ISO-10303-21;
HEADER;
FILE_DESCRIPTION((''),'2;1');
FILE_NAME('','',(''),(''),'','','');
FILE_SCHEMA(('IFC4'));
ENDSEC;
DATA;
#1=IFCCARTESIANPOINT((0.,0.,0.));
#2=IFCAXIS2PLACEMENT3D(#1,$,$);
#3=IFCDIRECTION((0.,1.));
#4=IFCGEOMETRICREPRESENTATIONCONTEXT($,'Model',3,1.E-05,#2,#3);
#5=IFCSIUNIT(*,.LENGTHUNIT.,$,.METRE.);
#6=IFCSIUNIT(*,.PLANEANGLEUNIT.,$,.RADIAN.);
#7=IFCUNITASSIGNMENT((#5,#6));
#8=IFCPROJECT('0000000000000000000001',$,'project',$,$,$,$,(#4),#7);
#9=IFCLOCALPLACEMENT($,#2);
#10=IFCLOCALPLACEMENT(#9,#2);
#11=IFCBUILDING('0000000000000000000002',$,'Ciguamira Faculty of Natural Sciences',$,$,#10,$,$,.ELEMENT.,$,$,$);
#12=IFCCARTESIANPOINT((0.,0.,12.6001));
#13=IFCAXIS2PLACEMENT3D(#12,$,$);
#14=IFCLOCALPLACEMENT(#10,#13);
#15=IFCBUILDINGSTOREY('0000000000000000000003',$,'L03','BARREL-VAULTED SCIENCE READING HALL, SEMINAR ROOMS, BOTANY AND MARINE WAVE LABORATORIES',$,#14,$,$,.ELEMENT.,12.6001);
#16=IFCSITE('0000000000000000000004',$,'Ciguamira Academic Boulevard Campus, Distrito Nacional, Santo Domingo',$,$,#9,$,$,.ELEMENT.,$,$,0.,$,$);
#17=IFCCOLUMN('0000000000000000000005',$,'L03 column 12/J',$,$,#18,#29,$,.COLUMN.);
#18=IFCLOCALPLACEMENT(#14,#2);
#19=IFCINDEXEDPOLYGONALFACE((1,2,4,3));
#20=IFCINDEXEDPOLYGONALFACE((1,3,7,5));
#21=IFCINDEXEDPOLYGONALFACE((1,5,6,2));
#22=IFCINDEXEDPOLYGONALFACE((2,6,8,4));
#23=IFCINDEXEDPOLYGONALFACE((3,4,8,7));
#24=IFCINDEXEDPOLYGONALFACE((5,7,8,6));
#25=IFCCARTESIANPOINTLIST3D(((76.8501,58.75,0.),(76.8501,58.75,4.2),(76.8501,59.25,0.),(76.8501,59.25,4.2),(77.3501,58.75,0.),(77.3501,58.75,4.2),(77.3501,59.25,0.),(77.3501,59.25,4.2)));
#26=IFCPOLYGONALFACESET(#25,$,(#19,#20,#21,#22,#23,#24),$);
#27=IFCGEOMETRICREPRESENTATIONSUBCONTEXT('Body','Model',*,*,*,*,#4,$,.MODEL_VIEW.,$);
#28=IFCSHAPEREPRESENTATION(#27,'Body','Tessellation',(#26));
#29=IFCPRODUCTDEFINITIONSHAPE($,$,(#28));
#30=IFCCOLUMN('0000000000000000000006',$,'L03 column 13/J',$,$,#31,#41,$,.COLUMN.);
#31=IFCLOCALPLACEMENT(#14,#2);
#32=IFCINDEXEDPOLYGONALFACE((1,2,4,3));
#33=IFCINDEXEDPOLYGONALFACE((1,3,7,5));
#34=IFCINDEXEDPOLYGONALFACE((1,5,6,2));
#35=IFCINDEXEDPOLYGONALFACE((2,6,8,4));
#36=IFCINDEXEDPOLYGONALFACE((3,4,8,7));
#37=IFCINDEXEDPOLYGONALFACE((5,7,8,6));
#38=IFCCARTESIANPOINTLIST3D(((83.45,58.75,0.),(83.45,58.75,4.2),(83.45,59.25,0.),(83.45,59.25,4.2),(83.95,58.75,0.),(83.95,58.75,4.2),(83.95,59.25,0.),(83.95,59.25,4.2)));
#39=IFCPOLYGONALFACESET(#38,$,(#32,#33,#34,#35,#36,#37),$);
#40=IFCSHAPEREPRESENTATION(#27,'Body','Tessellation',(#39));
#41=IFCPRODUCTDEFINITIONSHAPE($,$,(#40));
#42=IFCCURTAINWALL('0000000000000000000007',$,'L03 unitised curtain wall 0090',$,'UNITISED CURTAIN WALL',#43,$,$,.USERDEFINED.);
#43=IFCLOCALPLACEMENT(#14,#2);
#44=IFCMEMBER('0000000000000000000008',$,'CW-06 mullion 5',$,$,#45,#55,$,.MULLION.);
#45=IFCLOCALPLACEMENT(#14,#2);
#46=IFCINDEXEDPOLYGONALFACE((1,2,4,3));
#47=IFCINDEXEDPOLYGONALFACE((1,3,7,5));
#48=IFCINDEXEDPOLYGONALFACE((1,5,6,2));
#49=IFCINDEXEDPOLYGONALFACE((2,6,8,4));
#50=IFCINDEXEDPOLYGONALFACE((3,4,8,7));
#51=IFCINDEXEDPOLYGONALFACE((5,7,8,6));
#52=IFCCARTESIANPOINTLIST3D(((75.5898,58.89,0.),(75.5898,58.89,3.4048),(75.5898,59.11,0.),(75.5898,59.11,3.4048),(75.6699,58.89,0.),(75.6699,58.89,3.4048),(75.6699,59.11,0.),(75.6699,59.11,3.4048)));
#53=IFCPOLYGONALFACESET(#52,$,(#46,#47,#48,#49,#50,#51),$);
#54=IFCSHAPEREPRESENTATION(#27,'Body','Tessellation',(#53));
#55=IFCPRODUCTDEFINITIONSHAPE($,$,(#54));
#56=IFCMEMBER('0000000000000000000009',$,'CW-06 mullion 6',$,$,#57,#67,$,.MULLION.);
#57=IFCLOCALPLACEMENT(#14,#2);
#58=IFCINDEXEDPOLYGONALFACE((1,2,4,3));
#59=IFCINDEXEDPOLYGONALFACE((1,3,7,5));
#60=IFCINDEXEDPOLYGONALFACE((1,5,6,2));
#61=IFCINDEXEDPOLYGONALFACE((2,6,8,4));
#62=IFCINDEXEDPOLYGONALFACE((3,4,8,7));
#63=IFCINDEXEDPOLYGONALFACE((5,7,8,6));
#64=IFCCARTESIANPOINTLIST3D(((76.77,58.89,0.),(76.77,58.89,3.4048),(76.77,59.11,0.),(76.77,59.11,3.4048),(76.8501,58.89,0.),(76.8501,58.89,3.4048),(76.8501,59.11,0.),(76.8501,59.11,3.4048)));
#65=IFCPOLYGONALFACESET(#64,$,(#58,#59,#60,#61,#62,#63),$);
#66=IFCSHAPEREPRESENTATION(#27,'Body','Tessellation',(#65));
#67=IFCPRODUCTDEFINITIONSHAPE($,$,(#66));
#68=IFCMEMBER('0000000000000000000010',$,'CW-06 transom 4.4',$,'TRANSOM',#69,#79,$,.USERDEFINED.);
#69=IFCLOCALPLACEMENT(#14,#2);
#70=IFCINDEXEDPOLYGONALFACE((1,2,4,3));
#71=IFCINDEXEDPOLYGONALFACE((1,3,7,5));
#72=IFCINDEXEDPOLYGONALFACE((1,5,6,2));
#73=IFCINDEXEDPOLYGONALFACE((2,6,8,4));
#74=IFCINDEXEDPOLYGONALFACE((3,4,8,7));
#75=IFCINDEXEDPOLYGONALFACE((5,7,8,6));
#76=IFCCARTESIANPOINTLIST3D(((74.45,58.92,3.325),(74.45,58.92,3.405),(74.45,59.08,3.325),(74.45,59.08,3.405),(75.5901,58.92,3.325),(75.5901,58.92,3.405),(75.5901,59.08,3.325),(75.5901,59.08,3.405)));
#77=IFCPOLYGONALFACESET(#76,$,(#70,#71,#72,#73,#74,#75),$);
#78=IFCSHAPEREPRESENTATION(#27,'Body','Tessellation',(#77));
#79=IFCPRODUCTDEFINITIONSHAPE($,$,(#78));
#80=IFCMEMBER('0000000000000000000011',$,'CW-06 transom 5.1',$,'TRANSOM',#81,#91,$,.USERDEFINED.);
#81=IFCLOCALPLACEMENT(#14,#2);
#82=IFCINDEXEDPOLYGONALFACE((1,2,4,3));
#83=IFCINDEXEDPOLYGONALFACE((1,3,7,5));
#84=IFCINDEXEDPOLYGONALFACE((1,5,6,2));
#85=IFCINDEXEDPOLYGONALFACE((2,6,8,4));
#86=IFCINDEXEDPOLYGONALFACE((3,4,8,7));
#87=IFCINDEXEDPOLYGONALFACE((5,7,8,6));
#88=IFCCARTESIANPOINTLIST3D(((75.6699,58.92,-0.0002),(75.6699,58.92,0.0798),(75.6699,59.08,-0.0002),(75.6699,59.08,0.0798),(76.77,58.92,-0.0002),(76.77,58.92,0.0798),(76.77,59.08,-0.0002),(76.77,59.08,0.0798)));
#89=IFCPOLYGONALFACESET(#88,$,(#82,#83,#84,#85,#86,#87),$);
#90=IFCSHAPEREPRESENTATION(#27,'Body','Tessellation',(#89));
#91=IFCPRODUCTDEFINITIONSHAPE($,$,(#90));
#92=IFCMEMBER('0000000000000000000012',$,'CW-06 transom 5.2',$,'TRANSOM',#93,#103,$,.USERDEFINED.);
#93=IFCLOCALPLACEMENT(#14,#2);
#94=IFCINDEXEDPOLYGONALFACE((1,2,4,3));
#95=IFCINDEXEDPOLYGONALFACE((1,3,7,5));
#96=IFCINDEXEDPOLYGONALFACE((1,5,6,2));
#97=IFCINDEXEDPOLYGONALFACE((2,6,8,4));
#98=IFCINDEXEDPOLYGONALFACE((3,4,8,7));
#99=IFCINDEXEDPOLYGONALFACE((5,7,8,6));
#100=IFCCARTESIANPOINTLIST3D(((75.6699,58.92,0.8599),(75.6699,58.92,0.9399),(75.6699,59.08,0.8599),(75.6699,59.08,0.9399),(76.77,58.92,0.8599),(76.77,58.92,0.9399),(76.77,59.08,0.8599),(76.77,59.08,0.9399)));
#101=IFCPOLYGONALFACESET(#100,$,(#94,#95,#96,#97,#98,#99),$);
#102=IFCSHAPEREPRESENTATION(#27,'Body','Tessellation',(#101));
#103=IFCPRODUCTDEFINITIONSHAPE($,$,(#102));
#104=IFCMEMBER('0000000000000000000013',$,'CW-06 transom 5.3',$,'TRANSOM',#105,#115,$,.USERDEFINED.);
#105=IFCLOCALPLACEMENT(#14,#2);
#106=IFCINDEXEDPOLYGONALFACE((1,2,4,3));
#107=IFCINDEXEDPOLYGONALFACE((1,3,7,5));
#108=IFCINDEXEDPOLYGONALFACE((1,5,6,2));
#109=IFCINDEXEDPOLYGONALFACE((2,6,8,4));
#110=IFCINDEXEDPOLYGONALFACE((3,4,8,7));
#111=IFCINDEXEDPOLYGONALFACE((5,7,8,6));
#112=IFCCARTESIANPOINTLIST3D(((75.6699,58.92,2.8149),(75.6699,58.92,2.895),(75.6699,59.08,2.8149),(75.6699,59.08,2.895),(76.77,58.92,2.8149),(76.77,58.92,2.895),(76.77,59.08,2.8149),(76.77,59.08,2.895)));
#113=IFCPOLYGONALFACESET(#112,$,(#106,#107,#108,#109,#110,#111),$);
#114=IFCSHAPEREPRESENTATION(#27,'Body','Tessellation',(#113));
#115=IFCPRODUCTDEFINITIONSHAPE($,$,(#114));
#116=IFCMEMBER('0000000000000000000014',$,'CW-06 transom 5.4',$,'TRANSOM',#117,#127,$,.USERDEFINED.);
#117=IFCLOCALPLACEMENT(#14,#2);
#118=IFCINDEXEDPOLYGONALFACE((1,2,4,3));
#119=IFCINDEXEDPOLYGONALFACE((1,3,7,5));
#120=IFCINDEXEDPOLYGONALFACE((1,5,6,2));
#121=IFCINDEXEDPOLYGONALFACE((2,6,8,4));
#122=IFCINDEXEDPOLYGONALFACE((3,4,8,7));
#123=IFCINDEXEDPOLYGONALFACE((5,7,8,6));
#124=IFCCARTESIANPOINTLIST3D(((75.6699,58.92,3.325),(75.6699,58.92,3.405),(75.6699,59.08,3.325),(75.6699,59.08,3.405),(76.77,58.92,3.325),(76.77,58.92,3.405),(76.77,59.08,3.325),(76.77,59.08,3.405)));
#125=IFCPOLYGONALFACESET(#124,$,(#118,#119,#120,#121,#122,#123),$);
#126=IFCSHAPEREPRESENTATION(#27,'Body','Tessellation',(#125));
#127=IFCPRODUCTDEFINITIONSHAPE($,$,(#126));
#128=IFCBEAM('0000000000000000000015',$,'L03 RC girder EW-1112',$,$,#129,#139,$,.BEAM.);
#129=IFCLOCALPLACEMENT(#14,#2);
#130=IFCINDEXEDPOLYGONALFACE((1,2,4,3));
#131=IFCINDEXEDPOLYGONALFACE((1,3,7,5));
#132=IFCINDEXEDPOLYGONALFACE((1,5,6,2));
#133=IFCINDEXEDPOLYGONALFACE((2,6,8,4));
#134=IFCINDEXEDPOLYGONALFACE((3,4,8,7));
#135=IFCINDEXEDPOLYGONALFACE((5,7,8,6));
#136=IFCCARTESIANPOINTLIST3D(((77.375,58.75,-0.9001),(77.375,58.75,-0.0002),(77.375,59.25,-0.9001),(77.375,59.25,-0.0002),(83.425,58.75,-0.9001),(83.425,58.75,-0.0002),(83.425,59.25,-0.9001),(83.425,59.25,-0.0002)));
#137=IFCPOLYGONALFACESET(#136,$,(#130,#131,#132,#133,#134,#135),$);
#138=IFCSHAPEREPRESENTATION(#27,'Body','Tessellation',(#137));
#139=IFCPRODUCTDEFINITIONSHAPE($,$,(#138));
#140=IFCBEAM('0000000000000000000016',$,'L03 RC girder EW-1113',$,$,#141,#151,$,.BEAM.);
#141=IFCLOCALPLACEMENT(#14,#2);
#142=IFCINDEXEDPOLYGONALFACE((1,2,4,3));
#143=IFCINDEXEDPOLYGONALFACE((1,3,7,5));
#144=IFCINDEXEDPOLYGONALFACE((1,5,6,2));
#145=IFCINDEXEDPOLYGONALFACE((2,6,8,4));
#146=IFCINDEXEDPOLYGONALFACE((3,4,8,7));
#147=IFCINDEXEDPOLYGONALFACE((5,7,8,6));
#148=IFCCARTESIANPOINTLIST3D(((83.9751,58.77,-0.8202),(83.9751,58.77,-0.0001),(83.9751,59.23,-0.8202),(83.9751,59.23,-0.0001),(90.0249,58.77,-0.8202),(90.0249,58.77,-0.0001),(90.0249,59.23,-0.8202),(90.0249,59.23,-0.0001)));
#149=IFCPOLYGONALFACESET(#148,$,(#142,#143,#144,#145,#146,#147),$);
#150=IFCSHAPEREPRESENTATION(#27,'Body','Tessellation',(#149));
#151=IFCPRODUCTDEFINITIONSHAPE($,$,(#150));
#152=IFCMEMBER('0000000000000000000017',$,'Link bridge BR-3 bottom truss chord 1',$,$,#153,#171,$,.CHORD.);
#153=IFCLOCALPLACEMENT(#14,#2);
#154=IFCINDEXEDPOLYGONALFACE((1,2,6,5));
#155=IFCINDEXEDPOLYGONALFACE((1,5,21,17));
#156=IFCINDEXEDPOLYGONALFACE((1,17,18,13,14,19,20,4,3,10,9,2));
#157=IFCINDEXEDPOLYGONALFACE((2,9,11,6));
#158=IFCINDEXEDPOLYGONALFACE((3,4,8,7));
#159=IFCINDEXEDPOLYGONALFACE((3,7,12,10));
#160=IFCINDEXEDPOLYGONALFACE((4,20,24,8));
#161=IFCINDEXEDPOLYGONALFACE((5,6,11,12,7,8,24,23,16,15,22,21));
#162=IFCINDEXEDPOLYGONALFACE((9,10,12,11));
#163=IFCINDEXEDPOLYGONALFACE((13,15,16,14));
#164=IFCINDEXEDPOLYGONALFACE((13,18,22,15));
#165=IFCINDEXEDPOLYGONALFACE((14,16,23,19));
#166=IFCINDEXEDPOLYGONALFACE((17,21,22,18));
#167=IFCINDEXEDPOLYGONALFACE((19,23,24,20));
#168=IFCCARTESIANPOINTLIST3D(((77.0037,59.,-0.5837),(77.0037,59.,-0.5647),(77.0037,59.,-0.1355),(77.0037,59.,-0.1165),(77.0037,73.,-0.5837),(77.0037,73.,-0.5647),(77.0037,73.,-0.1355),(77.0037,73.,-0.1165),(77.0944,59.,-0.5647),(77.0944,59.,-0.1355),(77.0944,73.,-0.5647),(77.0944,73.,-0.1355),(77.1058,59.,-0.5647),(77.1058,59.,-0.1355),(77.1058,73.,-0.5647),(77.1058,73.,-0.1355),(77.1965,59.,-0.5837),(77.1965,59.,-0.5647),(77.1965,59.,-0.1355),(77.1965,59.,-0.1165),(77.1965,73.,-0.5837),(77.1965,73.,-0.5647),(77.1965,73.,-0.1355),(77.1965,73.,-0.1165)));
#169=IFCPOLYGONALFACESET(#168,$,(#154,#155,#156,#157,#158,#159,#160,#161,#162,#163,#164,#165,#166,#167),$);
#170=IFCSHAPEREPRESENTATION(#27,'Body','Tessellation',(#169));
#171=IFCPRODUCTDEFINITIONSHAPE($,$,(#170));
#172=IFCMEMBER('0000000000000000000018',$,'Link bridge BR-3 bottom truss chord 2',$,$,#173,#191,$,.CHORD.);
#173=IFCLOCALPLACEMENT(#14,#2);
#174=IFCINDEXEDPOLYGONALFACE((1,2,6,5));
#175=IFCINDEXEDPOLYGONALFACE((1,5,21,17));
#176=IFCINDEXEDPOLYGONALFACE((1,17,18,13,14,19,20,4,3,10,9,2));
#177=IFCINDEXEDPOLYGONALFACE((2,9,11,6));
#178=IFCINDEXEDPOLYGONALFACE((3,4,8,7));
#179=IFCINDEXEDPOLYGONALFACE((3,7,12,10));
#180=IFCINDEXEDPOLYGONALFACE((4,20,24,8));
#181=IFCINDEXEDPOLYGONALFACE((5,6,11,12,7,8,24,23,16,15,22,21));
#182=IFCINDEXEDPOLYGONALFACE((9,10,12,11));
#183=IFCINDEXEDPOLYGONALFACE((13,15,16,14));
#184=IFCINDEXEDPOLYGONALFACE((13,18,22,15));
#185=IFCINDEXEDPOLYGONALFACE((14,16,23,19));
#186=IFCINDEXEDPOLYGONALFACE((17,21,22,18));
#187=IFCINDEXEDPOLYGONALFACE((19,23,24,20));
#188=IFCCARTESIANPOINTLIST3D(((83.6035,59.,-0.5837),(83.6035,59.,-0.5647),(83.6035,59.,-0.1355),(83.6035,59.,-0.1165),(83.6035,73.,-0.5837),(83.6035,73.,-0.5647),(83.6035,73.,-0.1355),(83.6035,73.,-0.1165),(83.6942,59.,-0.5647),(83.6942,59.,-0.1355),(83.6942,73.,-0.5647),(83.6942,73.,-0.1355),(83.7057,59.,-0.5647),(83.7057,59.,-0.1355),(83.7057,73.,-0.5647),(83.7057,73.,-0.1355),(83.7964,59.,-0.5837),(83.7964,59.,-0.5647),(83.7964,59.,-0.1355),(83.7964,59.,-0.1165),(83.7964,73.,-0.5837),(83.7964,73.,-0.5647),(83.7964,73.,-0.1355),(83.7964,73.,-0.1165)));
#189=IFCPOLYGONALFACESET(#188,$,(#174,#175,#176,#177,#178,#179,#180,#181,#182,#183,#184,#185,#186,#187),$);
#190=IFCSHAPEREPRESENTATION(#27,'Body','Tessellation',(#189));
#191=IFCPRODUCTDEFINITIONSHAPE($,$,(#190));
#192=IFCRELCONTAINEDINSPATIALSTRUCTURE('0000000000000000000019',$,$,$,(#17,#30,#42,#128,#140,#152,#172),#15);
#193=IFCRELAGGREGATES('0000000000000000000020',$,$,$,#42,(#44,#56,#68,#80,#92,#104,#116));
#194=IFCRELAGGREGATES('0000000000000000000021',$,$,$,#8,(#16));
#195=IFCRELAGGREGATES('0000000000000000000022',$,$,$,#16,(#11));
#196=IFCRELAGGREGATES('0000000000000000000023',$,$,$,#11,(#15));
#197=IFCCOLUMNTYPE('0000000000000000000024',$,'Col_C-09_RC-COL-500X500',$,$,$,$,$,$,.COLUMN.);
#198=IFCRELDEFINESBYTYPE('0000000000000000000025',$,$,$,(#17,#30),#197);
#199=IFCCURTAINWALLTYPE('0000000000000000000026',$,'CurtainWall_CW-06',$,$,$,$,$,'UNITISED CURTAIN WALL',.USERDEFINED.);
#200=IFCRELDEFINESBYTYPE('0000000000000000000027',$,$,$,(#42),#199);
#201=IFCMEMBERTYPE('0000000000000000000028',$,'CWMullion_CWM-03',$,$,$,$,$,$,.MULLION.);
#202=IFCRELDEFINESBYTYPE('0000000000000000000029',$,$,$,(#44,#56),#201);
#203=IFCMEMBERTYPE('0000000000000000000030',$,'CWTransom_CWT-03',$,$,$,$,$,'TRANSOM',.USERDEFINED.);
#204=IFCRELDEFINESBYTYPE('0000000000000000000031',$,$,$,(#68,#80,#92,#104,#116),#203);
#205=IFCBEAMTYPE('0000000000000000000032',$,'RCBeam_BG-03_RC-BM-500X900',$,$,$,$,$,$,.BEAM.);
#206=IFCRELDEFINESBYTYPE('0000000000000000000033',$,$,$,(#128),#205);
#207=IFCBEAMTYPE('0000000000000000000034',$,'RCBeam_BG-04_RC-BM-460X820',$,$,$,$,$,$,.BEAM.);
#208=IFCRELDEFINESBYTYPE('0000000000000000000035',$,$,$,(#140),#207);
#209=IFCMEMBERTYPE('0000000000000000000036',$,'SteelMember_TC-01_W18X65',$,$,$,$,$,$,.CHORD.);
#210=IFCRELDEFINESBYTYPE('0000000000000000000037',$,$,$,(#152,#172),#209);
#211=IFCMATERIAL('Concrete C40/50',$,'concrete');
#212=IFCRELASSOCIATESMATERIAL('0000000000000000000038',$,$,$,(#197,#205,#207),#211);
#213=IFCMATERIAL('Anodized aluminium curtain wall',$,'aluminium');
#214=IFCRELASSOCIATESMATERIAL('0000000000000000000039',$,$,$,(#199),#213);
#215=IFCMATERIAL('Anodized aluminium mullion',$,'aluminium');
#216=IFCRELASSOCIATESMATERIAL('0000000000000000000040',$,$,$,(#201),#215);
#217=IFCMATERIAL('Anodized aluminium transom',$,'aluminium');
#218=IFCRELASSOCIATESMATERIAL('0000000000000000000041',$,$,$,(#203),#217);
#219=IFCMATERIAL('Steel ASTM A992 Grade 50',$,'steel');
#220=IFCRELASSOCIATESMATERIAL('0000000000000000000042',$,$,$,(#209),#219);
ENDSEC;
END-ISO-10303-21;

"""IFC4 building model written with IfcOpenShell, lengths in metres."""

from ifc_helpers import new_model, si_unit, direction, frame, origin, origin_2d, place, context, subcontext, project, spatial, rectangle, i_section, extrude, material, material_profile, profile_set, type_object, element, aggregate, save


model = new_model("IFC4")

# Units and contexts
model_context = context("Model", 3, precision=1e-05, world=origin(), true_north=direction((0.0, 1.0)))
body_context = subcontext(model_context, "Body", "Model", "MODEL_VIEW")
ifc_project = project(units=[si_unit("LENGTHUNIT", "METRE"), si_unit("PLANEANGLEUNIT", "RADIAN")], contexts=[model_context])

# Site, building, storey
site_placement = place(None, origin())
site = spatial("IfcSite", under=ifc_project, at=site_placement, Name="Ciguamira Academic Boulevard Campus, Distrito Nacional, Santo Domingo", CompositionType="ELEMENT", RefElevation=0.0)
building_placement = place(site_placement, origin())
building = spatial("IfcBuilding", under=site, at=building_placement, Name="Ciguamira Faculty of Natural Sciences", CompositionType="ELEMENT")
storey_placement = place(building_placement, frame((0.0, 0.0, 12.6001)))
storey = spatial("IfcBuildingStorey", under=building, at=storey_placement, Name="L03", Description="BARREL-VAULTED SCIENCE READING HALL, SEMINAR ROOMS, BOTANY AND MARINE WAVE LABORATORIES", CompositionType="ELEMENT", Elevation=12.6001)

# Columns
ifc_material_1 = material(Name="Concrete C40/50", Category="concrete")
ifc_material_profile_1 = material_profile(ifc_material_1, rectangle(XDim=0.5, YDim=0.5, at=origin_2d()), Name="RC-COL-500X500")
ifc_profile_set_1 = profile_set([ifc_material_profile_1], Name="Concrete C40/50")
column_type = type_object("IfcColumnType", Name="Col_C-09_RC-COL-500X500", PredefinedType="COLUMN", material=ifc_profile_set_1)
for number, where, z_axis, x_axis, name in (
    (1, (77.1001, 59.0, 0.0), (0.0, 0.0, 1.0), (1.0, 0.0, 0.0), "L03 column 12/J"),
    (2, (83.7, 59.0, 0.0), (0.0, 0.0, 1.0), (1.0, 0.0, 0.0), "L03 column 13/J"),
):
    element("IfcColumn", number, at=place(storey_placement, frame(where, z_axis=z_axis, x_axis=x_axis)), inside=storey, type_object=column_type, Name=name, PredefinedType="COLUMN", context=body_context, shape_type="SweptSolid", body=[
        extrude(rectangle(XDim=0.5, YDim=0.5, at=origin_2d()), origin(), (0.0, 0.0, 1.0), 4.2),
    ])

# Curtain wall, members
ifc_material_2 = material(Name="Anodized aluminium curtain wall", Category="aluminium")
curtain_wall_type = type_object("IfcCurtainWallType", Name="CurtainWall_CW-06", ElementType="UNITISED CURTAIN WALL", PredefinedType="USERDEFINED", material=ifc_material_2)
curtain_wall_placement = place(storey_placement, origin())
curtain_wall = element("IfcCurtainWall", 3, at=curtain_wall_placement, inside=storey, type_object=curtain_wall_type, Name="L03 unitised curtain wall 0090", ObjectType="UNITISED CURTAIN WALL", PredefinedType="USERDEFINED")
ifc_material_3 = material(Name="Anodized aluminium mullion", Category="aluminium")
ifc_material_profile_2 = material_profile(ifc_material_3, rectangle(XDim=0.0801, YDim=0.22, at=origin_2d()), Name="ALU-MUL-80X220")
ifc_profile_set_2 = profile_set([ifc_material_profile_2], Name="Anodized aluminium mullion")
member_type_1 = type_object("IfcMemberType", Name="CWMullion_CWM-03", PredefinedType="MULLION", material=ifc_profile_set_2)
member_1_placement = place(storey_placement, frame((75.6299, 59.0, 0.0), z_axis=(0.0, 0.0, 1.0), x_axis=(1.0, 0.0, 0.0)))
member_1 = element("IfcMember", 4, at=member_1_placement, type_object=member_type_1, Name="CW-06 mullion 5", PredefinedType="MULLION", context=body_context, shape_type="SweptSolid", body=[
    extrude(rectangle(XDim=0.0801, YDim=0.22, at=origin_2d()), origin(), (0.0, 0.0, 1.0), 3.4048),
])
member_2_placement = place(storey_placement, frame((76.8101, 59.0, 0.0), z_axis=(0.0, 0.0, 1.0), x_axis=(1.0, 0.0, 0.0)))
member_2 = element("IfcMember", 5, at=member_2_placement, type_object=member_type_1, Name="CW-06 mullion 6", PredefinedType="MULLION", context=body_context, shape_type="SweptSolid", body=[
    extrude(rectangle(XDim=0.0801, YDim=0.22, at=origin_2d()), origin(), (0.0, 0.0, 1.0), 3.4048),
])
ifc_material_4 = material(Name="Anodized aluminium transom", Category="aluminium")
ifc_material_profile_3 = material_profile(ifc_material_4, rectangle(XDim=0.0801, YDim=0.1599, at=origin_2d()), Name="ALU-TRN-80X160")
ifc_profile_set_3 = profile_set([ifc_material_profile_3], Name="Anodized aluminium transom")
member_type_2 = type_object("IfcMemberType", Name="CWTransom_CWT-03", ElementType="TRANSOM", PredefinedType="USERDEFINED", material=ifc_profile_set_3)
member_3_placement = place(storey_placement, frame((74.45, 59.0, 3.365), z_axis=(1.0, 0.0, 0.0), x_axis=(0.0, 0.0, 1.0)))
member_3 = element("IfcMember", 6, at=member_3_placement, type_object=member_type_2, Name="CW-06 transom 4.4", ObjectType="TRANSOM", PredefinedType="USERDEFINED", context=body_context, shape_type="SweptSolid", body=[
    extrude(rectangle(XDim=0.0801, YDim=0.1599, at=origin_2d()), origin(), (0.0, 0.0, 1.0), 1.1401),
])
member_4_placement = place(storey_placement, frame((75.6699, 59.0, 0.0398), z_axis=(1.0, 0.0, 0.0), x_axis=(0.0, 0.0, 1.0)))
member_4 = element("IfcMember", 7, at=member_4_placement, type_object=member_type_2, Name="CW-06 transom 5.1", ObjectType="TRANSOM", PredefinedType="USERDEFINED", context=body_context, shape_type="SweptSolid", body=[
    extrude(rectangle(XDim=0.0801, YDim=0.1599, at=origin_2d()), origin(), (0.0, 0.0, 1.0), 1.1001),
])
member_5_placement = place(storey_placement, frame((75.6699, 59.0, 0.8999), z_axis=(1.0, 0.0, 0.0), x_axis=(0.0, 0.0, 1.0)))
member_5 = element("IfcMember", 8, at=member_5_placement, type_object=member_type_2, Name="CW-06 transom 5.2", ObjectType="TRANSOM", PredefinedType="USERDEFINED", context=body_context, shape_type="SweptSolid", body=[
    extrude(rectangle(XDim=0.0801, YDim=0.1599, at=origin_2d()), origin(), (0.0, 0.0, 1.0), 1.1001),
])
member_6_placement = place(storey_placement, frame((75.6699, 59.0, 2.855), z_axis=(1.0, 0.0, 0.0), x_axis=(0.0, 0.0, 1.0)))
member_6 = element("IfcMember", 9, at=member_6_placement, type_object=member_type_2, Name="CW-06 transom 5.3", ObjectType="TRANSOM", PredefinedType="USERDEFINED", context=body_context, shape_type="SweptSolid", body=[
    extrude(rectangle(XDim=0.0801, YDim=0.1599, at=origin_2d()), origin(), (0.0, 0.0, 1.0), 1.1001),
])
member_7_placement = place(storey_placement, frame((75.6699, 59.0, 3.365), z_axis=(1.0, 0.0, 0.0), x_axis=(0.0, 0.0, 1.0)))
member_7 = element("IfcMember", 10, at=member_7_placement, type_object=member_type_2, Name="CW-06 transom 5.4", ObjectType="TRANSOM", PredefinedType="USERDEFINED", context=body_context, shape_type="SweptSolid", body=[
    extrude(rectangle(XDim=0.0801, YDim=0.1599, at=origin_2d()), origin(), (0.0, 0.0, 1.0), 1.1001),
])

# Beams
ifc_material_profile_4 = material_profile(ifc_material_1, rectangle(XDim=0.5, YDim=0.8999, at=origin_2d()), Name="RC-BM-500X900")
ifc_profile_set_4 = profile_set([ifc_material_profile_4], Name="Concrete C40/50")
beam_type_1 = type_object("IfcBeamType", Name="RCBeam_BG-03_RC-BM-500X900", PredefinedType="BEAM", material=ifc_profile_set_4)
beam_1_placement = place(storey_placement, frame((77.375, 59.0, -0.4502), z_axis=(1.0, 0.0, 0.0), x_axis=(0.0, 1.0, 0.0)))
element("IfcBeam", 11, at=beam_1_placement, inside=storey, type_object=beam_type_1, Name="L03 RC girder EW-1112", PredefinedType="BEAM", context=body_context, shape_type="SweptSolid", body=[
    extrude(rectangle(XDim=0.5, YDim=0.8999, at=origin_2d()), origin(), (0.0, 0.0, 1.0), 6.05),
])
ifc_material_profile_5 = material_profile(ifc_material_1, rectangle(XDim=0.46, YDim=0.8201, at=origin_2d()), Name="RC-BM-460X820")
ifc_profile_set_5 = profile_set([ifc_material_profile_5], Name="Concrete C40/50")
beam_type_2 = type_object("IfcBeamType", Name="RCBeam_BG-04_RC-BM-460X820", PredefinedType="BEAM", material=ifc_profile_set_5)
beam_2_placement = place(storey_placement, frame((83.9751, 59.0, -0.4102), z_axis=(1.0, 0.0, 0.0), x_axis=(0.0, 1.0, 0.0)))
element("IfcBeam", 12, at=beam_2_placement, inside=storey, type_object=beam_type_2, Name="L03 RC girder EW-1113", PredefinedType="BEAM", context=body_context, shape_type="SweptSolid", body=[
    extrude(rectangle(XDim=0.46, YDim=0.8201, at=origin_2d()), origin(), (0.0, 0.0, 1.0), 6.0498),
])

# Members
ifc_material_5 = material(Name="Steel ASTM A992 Grade 50", Category="steel")
ifc_material_profile_6 = material_profile(ifc_material_5, i_section(OverallWidth=0.1929, OverallDepth=0.4673, WebThickness=0.0115, FlangeThickness=0.019, at=origin_2d()), Name="W18X65")
ifc_profile_set_6 = profile_set([ifc_material_profile_6], Name="Steel ASTM A992 Grade 50")
member_type_3 = type_object("IfcMemberType", Name="SteelMember_TC-01_W18X65", PredefinedType="CHORD", material=ifc_profile_set_6)
for number, where, z_axis, x_axis, name in (
    (13, (77.1001, 59.0, -0.3501), (0.0, 1.0, 0.0), (-1.0, 0.0, 0.0), "Link bridge BR-3 bottom truss chord 1"),
    (14, (83.7, 59.0, -0.3501), (0.0, 1.0, 0.0), (-1.0, 0.0, 0.0), "Link bridge BR-3 bottom truss chord 2"),
):
    element("IfcMember", number, at=place(storey_placement, frame(where, z_axis=z_axis, x_axis=x_axis)), inside=storey, type_object=member_type_3, Name=name, PredefinedType="CHORD", context=body_context, shape_type="SweptSolid", body=[
        extrude(i_section(OverallWidth=0.1929, OverallDepth=0.4673, WebThickness=0.0115, FlangeThickness=0.019, at=origin_2d()), origin(), (0.0, 0.0, 1.0), 14.0),
    ])

aggregate(curtain_wall, [member_1, member_2, member_3, member_4, member_5, member_6, member_7])

save(model, "model.ifc")
